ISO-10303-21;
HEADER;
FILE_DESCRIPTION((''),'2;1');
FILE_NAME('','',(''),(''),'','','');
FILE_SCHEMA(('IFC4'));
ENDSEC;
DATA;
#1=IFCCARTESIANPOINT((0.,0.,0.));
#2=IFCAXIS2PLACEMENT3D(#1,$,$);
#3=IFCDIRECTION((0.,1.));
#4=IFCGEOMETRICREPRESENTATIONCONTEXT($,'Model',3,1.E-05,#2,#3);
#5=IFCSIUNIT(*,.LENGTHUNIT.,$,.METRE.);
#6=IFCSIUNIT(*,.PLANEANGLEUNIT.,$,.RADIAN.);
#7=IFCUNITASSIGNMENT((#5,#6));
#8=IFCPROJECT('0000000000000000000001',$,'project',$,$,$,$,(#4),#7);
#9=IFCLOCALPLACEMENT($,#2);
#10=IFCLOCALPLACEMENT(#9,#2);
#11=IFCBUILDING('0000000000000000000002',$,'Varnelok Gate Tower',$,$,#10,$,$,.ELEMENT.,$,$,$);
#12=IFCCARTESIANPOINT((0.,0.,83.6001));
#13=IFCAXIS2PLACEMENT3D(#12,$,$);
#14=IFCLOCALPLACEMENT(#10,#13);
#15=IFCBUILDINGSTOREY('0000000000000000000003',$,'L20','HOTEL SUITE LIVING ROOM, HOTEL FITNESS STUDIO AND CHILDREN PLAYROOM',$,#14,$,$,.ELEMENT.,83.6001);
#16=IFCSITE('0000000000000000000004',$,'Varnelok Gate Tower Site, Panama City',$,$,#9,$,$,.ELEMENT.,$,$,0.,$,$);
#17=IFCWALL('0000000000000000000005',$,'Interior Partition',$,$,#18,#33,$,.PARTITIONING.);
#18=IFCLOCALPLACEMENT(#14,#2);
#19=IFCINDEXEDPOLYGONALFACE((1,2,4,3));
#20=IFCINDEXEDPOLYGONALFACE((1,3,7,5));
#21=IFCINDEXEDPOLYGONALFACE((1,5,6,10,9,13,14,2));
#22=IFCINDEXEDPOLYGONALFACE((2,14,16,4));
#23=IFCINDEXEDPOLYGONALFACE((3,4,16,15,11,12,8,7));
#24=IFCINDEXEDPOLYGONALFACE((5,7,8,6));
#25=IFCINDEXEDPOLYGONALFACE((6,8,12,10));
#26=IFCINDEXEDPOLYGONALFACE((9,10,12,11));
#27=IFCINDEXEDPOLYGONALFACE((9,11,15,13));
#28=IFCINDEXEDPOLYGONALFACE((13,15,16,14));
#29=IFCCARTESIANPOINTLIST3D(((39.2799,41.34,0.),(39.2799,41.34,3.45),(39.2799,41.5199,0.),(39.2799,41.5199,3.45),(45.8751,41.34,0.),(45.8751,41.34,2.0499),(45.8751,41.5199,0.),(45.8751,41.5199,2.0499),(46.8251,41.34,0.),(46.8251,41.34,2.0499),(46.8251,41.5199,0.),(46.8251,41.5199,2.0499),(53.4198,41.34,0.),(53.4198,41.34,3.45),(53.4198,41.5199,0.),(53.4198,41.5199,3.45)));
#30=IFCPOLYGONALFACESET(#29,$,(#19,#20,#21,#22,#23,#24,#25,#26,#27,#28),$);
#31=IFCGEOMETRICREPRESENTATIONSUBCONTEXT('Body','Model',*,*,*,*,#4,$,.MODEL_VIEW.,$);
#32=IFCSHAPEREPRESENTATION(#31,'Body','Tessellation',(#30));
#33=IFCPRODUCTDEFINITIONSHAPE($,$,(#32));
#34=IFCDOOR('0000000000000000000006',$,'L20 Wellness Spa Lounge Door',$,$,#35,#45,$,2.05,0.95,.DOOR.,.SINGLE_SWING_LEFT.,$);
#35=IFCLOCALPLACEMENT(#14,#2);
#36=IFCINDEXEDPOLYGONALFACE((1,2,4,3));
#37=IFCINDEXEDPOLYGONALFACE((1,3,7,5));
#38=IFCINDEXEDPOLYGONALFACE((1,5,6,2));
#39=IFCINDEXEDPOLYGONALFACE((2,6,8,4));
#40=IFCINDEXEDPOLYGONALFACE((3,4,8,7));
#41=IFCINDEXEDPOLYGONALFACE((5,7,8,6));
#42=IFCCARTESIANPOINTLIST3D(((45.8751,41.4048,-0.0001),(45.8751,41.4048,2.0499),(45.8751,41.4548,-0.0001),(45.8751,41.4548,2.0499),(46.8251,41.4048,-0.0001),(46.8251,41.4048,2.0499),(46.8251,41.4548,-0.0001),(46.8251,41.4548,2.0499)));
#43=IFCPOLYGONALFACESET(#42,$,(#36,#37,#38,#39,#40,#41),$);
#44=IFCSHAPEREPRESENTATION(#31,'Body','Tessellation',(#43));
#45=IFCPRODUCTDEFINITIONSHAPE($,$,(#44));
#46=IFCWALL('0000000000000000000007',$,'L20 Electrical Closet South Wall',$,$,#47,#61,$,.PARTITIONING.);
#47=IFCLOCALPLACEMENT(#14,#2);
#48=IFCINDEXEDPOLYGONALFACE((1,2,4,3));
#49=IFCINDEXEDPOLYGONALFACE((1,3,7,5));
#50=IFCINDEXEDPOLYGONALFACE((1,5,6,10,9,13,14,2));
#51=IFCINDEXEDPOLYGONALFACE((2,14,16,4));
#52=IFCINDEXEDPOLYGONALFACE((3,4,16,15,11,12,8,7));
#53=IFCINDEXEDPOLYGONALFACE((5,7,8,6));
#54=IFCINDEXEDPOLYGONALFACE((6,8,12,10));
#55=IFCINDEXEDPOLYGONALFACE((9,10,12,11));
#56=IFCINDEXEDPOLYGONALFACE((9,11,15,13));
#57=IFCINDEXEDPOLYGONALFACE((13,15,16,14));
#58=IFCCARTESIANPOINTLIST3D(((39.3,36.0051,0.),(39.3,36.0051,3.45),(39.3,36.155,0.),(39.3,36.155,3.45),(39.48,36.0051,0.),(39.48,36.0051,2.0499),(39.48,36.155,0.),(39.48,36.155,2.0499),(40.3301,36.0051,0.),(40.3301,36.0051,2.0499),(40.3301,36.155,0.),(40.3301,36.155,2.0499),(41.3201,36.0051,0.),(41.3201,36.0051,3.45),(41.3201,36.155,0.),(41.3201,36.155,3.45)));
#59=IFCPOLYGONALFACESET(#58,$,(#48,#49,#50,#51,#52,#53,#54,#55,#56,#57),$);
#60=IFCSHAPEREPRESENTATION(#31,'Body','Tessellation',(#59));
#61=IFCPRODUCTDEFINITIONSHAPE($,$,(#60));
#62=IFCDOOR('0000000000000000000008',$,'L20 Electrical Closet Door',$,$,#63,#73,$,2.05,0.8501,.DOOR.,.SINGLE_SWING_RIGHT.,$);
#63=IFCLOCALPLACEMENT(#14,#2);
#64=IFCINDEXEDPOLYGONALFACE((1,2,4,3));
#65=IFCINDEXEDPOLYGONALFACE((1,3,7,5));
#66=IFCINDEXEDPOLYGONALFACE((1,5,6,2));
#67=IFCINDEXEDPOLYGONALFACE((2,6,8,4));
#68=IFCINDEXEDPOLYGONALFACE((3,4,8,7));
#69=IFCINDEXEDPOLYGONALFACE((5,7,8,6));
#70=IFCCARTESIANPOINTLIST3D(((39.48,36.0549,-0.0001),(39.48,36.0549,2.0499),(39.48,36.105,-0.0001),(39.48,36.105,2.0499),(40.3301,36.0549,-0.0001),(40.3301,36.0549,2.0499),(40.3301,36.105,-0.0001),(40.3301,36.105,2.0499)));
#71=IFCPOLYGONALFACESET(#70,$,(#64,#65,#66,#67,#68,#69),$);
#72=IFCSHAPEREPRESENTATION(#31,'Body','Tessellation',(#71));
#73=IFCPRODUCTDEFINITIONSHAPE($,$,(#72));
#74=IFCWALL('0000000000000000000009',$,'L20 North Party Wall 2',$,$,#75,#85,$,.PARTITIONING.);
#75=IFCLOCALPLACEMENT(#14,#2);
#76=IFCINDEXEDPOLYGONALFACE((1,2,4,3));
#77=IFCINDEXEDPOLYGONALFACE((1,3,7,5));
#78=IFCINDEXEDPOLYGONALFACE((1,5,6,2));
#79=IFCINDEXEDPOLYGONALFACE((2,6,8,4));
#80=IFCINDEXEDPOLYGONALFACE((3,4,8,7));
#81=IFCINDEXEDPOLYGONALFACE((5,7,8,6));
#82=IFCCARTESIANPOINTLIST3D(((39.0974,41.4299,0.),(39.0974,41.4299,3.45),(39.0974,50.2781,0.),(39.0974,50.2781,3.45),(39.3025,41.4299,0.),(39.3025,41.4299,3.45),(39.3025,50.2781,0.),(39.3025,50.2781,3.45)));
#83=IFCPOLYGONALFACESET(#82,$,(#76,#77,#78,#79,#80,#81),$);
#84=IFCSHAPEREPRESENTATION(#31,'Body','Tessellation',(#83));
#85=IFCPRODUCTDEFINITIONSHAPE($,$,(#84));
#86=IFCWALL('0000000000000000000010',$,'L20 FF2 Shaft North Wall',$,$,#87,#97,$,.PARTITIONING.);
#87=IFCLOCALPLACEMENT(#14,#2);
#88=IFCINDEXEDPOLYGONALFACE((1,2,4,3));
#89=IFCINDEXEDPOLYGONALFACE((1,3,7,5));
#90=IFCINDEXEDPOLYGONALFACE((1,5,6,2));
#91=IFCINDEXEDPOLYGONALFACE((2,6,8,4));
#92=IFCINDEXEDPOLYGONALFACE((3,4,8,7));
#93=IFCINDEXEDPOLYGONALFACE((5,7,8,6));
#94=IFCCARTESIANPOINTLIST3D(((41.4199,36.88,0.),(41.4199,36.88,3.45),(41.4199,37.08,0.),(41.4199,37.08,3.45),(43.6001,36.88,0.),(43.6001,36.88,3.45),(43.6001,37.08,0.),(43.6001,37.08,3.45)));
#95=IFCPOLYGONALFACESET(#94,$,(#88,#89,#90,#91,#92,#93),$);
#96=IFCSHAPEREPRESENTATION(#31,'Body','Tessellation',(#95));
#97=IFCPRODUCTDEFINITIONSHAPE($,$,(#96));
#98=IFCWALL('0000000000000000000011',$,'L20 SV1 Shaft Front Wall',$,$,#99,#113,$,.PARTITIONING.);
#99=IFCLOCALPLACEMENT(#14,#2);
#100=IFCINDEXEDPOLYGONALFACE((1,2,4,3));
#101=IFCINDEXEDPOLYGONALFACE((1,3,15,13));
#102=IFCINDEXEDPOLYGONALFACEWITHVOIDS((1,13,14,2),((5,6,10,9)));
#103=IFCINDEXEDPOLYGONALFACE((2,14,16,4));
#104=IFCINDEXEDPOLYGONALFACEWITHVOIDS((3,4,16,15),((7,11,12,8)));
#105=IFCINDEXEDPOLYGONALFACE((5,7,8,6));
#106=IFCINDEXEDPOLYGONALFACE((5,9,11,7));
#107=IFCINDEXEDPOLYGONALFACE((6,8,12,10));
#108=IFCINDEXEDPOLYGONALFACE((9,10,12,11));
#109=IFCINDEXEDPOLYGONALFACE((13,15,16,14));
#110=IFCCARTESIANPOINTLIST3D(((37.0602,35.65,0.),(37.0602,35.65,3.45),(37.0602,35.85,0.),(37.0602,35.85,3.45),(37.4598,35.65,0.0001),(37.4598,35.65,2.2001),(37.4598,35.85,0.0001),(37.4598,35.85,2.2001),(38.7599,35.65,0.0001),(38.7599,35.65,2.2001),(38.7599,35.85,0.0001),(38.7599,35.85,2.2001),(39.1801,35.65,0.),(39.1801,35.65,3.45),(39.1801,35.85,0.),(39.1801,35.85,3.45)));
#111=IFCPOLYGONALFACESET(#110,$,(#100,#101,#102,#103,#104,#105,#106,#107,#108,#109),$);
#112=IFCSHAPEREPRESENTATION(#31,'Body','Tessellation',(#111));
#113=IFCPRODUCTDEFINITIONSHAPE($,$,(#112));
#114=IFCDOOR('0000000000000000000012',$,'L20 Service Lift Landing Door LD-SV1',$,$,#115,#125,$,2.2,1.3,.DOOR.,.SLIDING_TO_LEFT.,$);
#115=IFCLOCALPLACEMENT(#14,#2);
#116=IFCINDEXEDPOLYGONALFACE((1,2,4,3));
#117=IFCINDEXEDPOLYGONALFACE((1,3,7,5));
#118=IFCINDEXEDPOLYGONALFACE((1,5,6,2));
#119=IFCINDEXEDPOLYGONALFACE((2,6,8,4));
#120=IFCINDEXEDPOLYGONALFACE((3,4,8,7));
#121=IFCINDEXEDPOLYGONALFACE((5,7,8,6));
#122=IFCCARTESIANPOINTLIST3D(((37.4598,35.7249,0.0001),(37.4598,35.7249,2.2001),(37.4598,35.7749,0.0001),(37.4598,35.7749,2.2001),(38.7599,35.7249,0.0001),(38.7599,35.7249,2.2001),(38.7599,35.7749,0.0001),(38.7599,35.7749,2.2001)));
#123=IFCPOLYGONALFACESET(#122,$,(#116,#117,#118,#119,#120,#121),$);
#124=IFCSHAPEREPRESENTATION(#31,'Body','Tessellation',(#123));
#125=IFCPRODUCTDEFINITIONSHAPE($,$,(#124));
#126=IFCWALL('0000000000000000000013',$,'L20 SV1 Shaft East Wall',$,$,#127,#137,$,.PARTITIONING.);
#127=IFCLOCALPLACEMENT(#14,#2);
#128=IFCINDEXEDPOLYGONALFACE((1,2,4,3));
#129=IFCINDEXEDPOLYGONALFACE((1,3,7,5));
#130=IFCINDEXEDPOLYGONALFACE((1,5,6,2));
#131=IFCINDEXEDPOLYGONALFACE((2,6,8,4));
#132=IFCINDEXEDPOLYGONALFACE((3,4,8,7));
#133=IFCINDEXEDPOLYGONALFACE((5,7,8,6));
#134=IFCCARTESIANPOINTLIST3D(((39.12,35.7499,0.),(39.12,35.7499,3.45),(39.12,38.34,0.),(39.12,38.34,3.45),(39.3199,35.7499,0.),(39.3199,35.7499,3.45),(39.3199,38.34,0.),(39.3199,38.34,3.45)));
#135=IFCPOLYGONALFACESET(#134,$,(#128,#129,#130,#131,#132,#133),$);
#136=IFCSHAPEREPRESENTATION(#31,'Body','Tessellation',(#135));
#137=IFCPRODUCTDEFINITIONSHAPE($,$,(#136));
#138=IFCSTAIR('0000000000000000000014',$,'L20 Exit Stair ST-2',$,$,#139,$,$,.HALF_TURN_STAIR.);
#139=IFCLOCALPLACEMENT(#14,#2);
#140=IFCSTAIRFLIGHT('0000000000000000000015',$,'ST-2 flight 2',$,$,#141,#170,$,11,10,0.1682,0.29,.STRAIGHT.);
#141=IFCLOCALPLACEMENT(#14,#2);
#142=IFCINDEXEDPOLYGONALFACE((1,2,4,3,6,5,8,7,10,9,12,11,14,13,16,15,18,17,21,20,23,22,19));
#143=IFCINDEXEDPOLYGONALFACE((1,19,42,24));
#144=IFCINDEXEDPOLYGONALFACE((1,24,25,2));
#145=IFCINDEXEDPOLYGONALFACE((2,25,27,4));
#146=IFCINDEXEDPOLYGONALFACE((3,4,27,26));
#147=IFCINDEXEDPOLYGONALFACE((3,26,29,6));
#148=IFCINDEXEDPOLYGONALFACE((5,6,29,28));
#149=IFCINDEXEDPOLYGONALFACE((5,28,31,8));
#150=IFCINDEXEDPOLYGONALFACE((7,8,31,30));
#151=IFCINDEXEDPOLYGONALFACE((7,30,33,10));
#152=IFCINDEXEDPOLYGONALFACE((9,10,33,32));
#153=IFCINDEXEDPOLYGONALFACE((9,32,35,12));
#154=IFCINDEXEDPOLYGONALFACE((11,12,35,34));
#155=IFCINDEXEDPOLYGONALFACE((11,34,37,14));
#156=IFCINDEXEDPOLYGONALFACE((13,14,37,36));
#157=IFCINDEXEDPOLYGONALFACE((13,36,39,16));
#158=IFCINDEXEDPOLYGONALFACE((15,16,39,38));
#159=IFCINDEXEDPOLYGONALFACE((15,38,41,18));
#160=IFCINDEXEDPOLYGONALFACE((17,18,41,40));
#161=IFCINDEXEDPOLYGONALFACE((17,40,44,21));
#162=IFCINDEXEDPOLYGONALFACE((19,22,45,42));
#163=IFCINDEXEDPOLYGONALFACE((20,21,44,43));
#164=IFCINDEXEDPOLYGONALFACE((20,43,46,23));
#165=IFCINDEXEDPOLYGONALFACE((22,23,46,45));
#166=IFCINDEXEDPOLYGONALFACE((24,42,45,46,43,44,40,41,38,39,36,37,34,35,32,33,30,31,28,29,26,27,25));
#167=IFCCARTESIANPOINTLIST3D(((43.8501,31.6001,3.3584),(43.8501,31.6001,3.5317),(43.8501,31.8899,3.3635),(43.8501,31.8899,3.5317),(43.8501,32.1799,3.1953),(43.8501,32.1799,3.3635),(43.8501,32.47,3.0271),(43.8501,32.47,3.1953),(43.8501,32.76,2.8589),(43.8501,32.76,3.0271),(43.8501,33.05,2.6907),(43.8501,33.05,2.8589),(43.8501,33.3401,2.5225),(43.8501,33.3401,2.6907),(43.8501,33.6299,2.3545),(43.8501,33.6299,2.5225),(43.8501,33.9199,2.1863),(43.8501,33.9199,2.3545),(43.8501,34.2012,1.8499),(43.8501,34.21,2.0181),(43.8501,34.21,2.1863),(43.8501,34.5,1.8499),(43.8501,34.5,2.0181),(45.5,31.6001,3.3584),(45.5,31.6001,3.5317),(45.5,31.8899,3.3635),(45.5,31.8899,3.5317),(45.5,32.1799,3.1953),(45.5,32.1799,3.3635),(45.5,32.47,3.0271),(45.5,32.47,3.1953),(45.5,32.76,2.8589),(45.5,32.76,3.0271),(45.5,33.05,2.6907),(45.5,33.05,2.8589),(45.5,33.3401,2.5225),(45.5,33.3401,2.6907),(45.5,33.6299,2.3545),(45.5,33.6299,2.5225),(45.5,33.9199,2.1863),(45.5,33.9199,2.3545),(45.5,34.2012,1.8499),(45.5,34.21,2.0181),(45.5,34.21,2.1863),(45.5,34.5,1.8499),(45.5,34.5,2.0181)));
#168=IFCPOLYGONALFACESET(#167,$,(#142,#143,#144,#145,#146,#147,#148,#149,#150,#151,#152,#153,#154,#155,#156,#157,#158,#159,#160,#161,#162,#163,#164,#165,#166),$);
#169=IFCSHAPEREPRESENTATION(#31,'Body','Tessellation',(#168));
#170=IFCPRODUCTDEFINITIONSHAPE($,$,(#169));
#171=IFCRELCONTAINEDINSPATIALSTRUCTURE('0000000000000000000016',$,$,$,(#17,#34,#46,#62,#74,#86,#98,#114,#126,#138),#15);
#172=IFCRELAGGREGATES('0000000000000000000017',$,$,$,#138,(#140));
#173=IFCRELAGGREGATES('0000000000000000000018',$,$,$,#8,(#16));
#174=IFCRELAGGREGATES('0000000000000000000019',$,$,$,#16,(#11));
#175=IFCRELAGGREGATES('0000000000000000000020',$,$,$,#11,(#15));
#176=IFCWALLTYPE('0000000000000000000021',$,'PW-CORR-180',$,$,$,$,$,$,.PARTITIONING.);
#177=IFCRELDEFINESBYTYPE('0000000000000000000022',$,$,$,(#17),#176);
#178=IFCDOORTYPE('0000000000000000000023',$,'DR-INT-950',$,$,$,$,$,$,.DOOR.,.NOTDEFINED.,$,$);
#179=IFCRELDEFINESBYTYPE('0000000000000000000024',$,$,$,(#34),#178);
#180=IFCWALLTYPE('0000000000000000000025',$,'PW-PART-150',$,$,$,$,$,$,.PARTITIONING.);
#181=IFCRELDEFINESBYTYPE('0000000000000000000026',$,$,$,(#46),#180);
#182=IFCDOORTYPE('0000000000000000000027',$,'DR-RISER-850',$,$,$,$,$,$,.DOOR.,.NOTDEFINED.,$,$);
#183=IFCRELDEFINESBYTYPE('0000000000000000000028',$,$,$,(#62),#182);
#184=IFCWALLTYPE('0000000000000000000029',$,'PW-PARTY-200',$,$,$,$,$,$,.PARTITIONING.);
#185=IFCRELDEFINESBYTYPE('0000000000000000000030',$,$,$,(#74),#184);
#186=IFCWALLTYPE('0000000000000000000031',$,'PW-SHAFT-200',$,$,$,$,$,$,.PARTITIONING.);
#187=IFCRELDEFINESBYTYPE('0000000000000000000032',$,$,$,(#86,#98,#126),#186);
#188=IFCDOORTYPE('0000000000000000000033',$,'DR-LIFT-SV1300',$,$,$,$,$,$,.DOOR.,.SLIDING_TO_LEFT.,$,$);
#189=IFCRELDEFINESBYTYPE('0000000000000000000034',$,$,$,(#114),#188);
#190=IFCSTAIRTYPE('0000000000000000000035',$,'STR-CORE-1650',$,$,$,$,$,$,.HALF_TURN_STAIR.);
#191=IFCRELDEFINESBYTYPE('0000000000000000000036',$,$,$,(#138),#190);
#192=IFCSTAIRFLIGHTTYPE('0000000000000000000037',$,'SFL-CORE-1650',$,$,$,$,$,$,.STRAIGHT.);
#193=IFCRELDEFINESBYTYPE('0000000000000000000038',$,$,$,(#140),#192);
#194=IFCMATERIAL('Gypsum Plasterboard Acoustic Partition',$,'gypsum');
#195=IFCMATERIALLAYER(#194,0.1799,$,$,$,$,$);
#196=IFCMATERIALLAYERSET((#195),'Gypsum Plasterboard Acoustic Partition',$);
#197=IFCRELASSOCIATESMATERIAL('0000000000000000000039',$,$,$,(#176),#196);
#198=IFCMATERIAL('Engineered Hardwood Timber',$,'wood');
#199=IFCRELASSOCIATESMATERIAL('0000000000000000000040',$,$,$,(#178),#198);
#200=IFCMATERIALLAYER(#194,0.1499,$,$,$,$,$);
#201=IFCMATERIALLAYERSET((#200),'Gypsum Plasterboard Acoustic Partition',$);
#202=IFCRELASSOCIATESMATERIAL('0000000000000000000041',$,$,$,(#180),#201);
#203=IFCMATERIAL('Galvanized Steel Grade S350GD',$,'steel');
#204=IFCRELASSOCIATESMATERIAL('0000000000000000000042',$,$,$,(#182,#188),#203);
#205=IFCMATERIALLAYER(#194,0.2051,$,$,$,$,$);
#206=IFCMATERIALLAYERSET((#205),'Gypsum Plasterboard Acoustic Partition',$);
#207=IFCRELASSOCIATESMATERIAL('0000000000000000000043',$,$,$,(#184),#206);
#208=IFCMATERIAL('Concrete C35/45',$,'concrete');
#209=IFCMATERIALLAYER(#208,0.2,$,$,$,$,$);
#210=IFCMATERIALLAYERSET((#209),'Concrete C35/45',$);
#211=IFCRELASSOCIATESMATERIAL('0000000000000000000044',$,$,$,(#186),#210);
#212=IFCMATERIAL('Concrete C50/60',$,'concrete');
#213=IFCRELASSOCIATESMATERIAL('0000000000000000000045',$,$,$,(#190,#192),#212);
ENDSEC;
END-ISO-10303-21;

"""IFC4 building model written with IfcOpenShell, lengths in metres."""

from ifc_helpers import new_model, si_unit, direction, frame, frame_2d, origin, place, context, subcontext, project, spatial, polyline, rectangle, outline, extrude, material, layer, layer_set, type_object, element, fill, aggregate, save


model = new_model("IFC4")

# Units and contexts
model_context = context("Model", 3, precision=1e-05, world=origin(), true_north=direction((0.0, 1.0)))
body_context = subcontext(model_context, "Body", "Model", "MODEL_VIEW")
ifc_project = project(units=[si_unit("LENGTHUNIT", "METRE"), si_unit("PLANEANGLEUNIT", "RADIAN")], contexts=[model_context])

# Site, building, storey
site_placement = place(None, origin())
site = spatial("IfcSite", under=ifc_project, at=site_placement, Name="Varnelok Gate Tower Site, Panama City", CompositionType="ELEMENT", RefElevation=0.0)
building_placement = place(site_placement, origin())
building = spatial("IfcBuilding", under=site, at=building_placement, Name="Varnelok Gate Tower", CompositionType="ELEMENT")
storey_placement = place(building_placement, frame((0.0, 0.0, 83.6001)))
storey = spatial("IfcBuildingStorey", under=building, at=storey_placement, Name="L20", Description="HOTEL SUITE LIVING ROOM, HOTEL FITNESS STUDIO AND CHILDREN PLAYROOM", CompositionType="ELEMENT", Elevation=83.6001)

# Walls, openings, doors
ifc_material_1 = material(Name="Gypsum Plasterboard Acoustic Partition", Category="gypsum")
ifc_layer_1 = layer(ifc_material_1, 0.1799)
ifc_layer_set_1 = layer_set([ifc_layer_1], Name="Gypsum Plasterboard Acoustic Partition")
wall_type_1 = type_object("IfcWallType", Name="PW-CORR-180", PredefinedType="PARTITIONING", material=ifc_layer_set_1)
wall_1_placement = place(storey_placement, frame((39.28, 41.4299, 0.0), z_axis=(0.0, 0.0, 1.0), x_axis=(1.0, 0.0, 0.0)))
wall_1 = element("IfcWall", 1, at=wall_1_placement, inside=storey, type_object=wall_type_1, Name="Interior Partition", PredefinedType="PARTITIONING", context=body_context, shape_type="SweptSolid", body=[
    extrude(rectangle(XDim=14.1399, YDim=0.1799, at=frame_2d((7.0698, 0.0))), origin(), (0.0, 0.0, 1.0), 3.45),
])
opening_1_placement = place(wall_1_placement, frame((6.595, 0.0, 0.0)))
opening_1 = element("IfcOpeningElement", 2, at=opening_1_placement, cuts=wall_1, PredefinedType="OPENING", context=body_context, shape_type="SweptSolid", body=[
    extrude(rectangle(XDim=0.95, YDim=2.05, at=frame_2d((0.4751, 1.0249))), frame((0.0, 0.0999, 0.0), z_axis=(0.0, -1.0, 0.0), x_axis=(1.0, 0.0, 0.0)), (0.0, 0.0, 1.0), 0.2),
])
ifc_material_2 = material(Name="Engineered Hardwood Timber", Category="wood")
door_type_1 = type_object("IfcDoorType", Name="DR-INT-950", OperationType="NOTDEFINED", PredefinedType="DOOR", material=ifc_material_2)
door_1_placement = place(opening_1_placement, origin())
door_1 = element("IfcDoor", 3, at=door_1_placement, inside=storey, type_object=door_type_1, Name="L20 Wellness Spa Lounge Door", OperationType="SINGLE_SWING_LEFT", OverallHeight=2.05, OverallWidth=0.95, PredefinedType="DOOR", context=body_context, shape_type="SweptSolid", body=[
    extrude(rectangle(XDim=0.95, YDim=2.05, at=frame_2d((0.4751, 1.0249))), frame((0.0, 0.0249, 0.0), z_axis=(0.0, -1.0, 0.0), x_axis=(1.0, 0.0, 0.0)), (0.0, 0.0, 1.0), 0.05),
])
fill(opening_1, door_1)
ifc_layer_2 = layer(ifc_material_1, 0.1499)
ifc_layer_set_2 = layer_set([ifc_layer_2], Name="Gypsum Plasterboard Acoustic Partition")
wall_type_2 = type_object("IfcWallType", Name="PW-PART-150", PredefinedType="PARTITIONING", material=ifc_layer_set_2)
wall_2_placement = place(storey_placement, frame((39.3, 36.0801, 0.0), z_axis=(0.0, 0.0, 1.0), x_axis=(1.0, 0.0, 0.0)))
wall_2 = element("IfcWall", 4, at=wall_2_placement, inside=storey, type_object=wall_type_2, Name="L20 Electrical Closet South Wall", PredefinedType="PARTITIONING", context=body_context, shape_type="SweptSolid", body=[
    extrude(rectangle(XDim=2.02, YDim=0.1499, at=frame_2d((1.01, 0.0))), origin(), (0.0, 0.0, 1.0), 3.45),
])
opening_2_placement = place(wall_2_placement, frame((0.1799, 0.0, 0.0)))
opening_2 = element("IfcOpeningElement", 5, at=opening_2_placement, cuts=wall_2, PredefinedType="OPENING", context=body_context, shape_type="SweptSolid", body=[
    extrude(rectangle(XDim=0.8501, YDim=2.05, at=frame_2d((0.425, 1.0249))), frame((0.0, 0.085, 0.0), z_axis=(0.0, -1.0, 0.0), x_axis=(1.0, 0.0, 0.0)), (0.0, 0.0, 1.0), 0.1699),
])
ifc_material_3 = material(Name="Galvanized Steel Grade S350GD", Category="steel")
door_type_2 = type_object("IfcDoorType", Name="DR-RISER-850", OperationType="NOTDEFINED", PredefinedType="DOOR", material=ifc_material_3)
door_2_placement = place(opening_2_placement, origin())
door_2 = element("IfcDoor", 6, at=door_2_placement, inside=storey, type_object=door_type_2, Name="L20 Electrical Closet Door", OperationType="SINGLE_SWING_RIGHT", OverallHeight=2.05, OverallWidth=0.8501, PredefinedType="DOOR", context=body_context, shape_type="SweptSolid", body=[
    extrude(rectangle(XDim=0.8501, YDim=2.05, at=frame_2d((0.425, 1.0249))), frame((0.0, 0.0249, 0.0), z_axis=(0.0, -1.0, 0.0), x_axis=(1.0, 0.0, 0.0)), (0.0, 0.0, 1.0), 0.05),
])
fill(opening_2, door_2)

# Walls
ifc_layer_3 = layer(ifc_material_1, 0.2051)
ifc_layer_set_3 = layer_set([ifc_layer_3], Name="Gypsum Plasterboard Acoustic Partition")
wall_type_3 = type_object("IfcWallType", Name="PW-PARTY-200", PredefinedType="PARTITIONING", material=ifc_layer_set_3)
wall_3_placement = place(storey_placement, frame((39.2, 41.4299, 0.0), z_axis=(0.0, 0.0, 1.0), x_axis=(0.0, 1.0, 0.0)))
element("IfcWall", 7, at=wall_3_placement, inside=storey, type_object=wall_type_3, Name="L20 North Party Wall 2", PredefinedType="PARTITIONING", context=body_context, shape_type="SweptSolid", body=[
    extrude(rectangle(XDim=8.8481, YDim=0.2051, at=frame_2d((4.4241, 0.0))), origin(), (0.0, 0.0, 1.0), 3.45),
])
ifc_material_4 = material(Name="Concrete C35/45", Category="concrete")
ifc_layer_4 = layer(ifc_material_4, 0.2)
ifc_layer_set_4 = layer_set([ifc_layer_4], Name="Concrete C35/45")
wall_type_4 = type_object("IfcWallType", Name="PW-SHAFT-200", PredefinedType="PARTITIONING", material=ifc_layer_set_4)
wall_4_placement = place(storey_placement, frame((41.4199, 36.98, 0.0), z_axis=(0.0, 0.0, 1.0), x_axis=(1.0, 0.0, 0.0)))
element("IfcWall", 8, at=wall_4_placement, inside=storey, type_object=wall_type_4, Name="L20 FF2 Shaft North Wall", PredefinedType="PARTITIONING", context=body_context, shape_type="SweptSolid", body=[
    extrude(rectangle(XDim=2.1802, YDim=0.2, at=frame_2d((1.0901, 0.0))), origin(), (0.0, 0.0, 1.0), 3.45),
])

# Wall, opening, door
wall_5_placement = place(storey_placement, frame((37.0601, 35.75, 0.0), z_axis=(0.0, 0.0, 1.0), x_axis=(1.0, 0.0, 0.0)))
wall_5 = element("IfcWall", 9, at=wall_5_placement, inside=storey, type_object=wall_type_4, Name="L20 SV1 Shaft Front Wall", PredefinedType="PARTITIONING", context=body_context, shape_type="SweptSolid", body=[
    extrude(rectangle(XDim=2.1199, YDim=0.2, at=frame_2d((1.0601, 0.0))), origin(), (0.0, 0.0, 1.0), 3.45),
])
opening_3_placement = place(wall_5_placement, frame((0.3999, 0.0, 0.0)))
opening_3 = element("IfcOpeningElement", 10, at=opening_3_placement, cuts=wall_5, PredefinedType="OPENING", context=body_context, shape_type="SweptSolid", body=[
    extrude(rectangle(XDim=1.3, YDim=2.2, at=frame_2d((0.6499, 1.1001))), frame((0.0, 0.1099, 0.0), z_axis=(0.0, -1.0, 0.0), x_axis=(1.0, 0.0, 0.0)), (0.0, 0.0, 1.0), 0.22),
])
door_type_3 = type_object("IfcDoorType", Name="DR-LIFT-SV1300", OperationType="SLIDING_TO_LEFT", PredefinedType="DOOR", material=ifc_material_3)
door_3_placement = place(opening_3_placement, origin())
door_3 = element("IfcDoor", 11, at=door_3_placement, inside=storey, type_object=door_type_3, Name="L20 Service Lift Landing Door LD-SV1", OperationType="SLIDING_TO_LEFT", OverallHeight=2.2, OverallWidth=1.3, PredefinedType="DOOR", context=body_context, shape_type="SweptSolid", body=[
    extrude(rectangle(XDim=1.3, YDim=2.2, at=frame_2d((0.6499, 1.1001))), frame((0.0, 0.0249, 0.0), z_axis=(0.0, -1.0, 0.0), x_axis=(1.0, 0.0, 0.0)), (0.0, 0.0, 1.0), 0.05),
])
fill(opening_3, door_3)

# Wall
wall_6_placement = place(storey_placement, frame((39.22, 35.75, 0.0), z_axis=(0.0, 0.0, 1.0), x_axis=(0.0, 1.0, 0.0)))
element("IfcWall", 12, at=wall_6_placement, inside=storey, type_object=wall_type_4, Name="L20 SV1 Shaft East Wall", PredefinedType="PARTITIONING", context=body_context, shape_type="SweptSolid", body=[
    extrude(rectangle(XDim=2.5901, YDim=0.2, at=frame_2d((1.2949, 0.0))), origin(), (0.0, 0.0, 1.0), 3.45),
])

# Stair, stair flight
ifc_material_5 = material(Name="Concrete C50/60", Category="concrete")
stair_type = type_object("IfcStairType", Name="STR-CORE-1650", PredefinedType="HALF_TURN_STAIR", material=ifc_material_5)
stair_placement = place(storey_placement, origin())
stair = element("IfcStair", 13, at=stair_placement, inside=storey, type_object=stair_type, Name="L20 Exit Stair ST-2", PredefinedType="HALF_TURN_STAIR")
stair_flight_type = type_object("IfcStairFlightType", Name="SFL-CORE-1650", PredefinedType="STRAIGHT", material=ifc_material_5)
stair_flight_placement = place(storey_placement, frame((44.675, 34.5, 1.8499), z_axis=(0.0, 0.0, 1.0), x_axis=(0.0, -1.0, 0.0)))
stair_flight = element("IfcStairFlight", 14, at=stair_flight_placement, type_object=stair_flight_type, Name="ST-2 flight 2", NumberOfRisers=11, NumberOfTreads=10, PredefinedType="STRAIGHT", RiserHeight=0.1682, TreadLength=0.29, context=body_context, shape_type="SweptSolid", body=[
    extrude(outline(polyline([(0.0, 0.0), (0.0, 0.1682), (0.29, 0.1682), (0.29, 0.3364), (0.5801, 0.3364), (0.5801, 0.5046), (0.8701, 0.5046), (0.8701, 0.6726), (1.1599, 0.6726), (1.1599, 0.8408), (1.45, 0.8408), (1.45, 1.009), (1.74, 1.009), (1.74, 1.1772), (2.03, 1.1772), (2.03, 1.3455), (2.3201, 1.3455), (2.3201, 1.5137), (2.6101, 1.5137), (2.6101, 1.6819), (2.8999, 1.6819), (2.8999, 1.8501), (2.8999, 1.5085), (0.2988, 0.0), (0.0, 0.0)])), frame((0.0, 0.825, 0.0), z_axis=(0.0, -1.0, 0.0), x_axis=(1.0, 0.0, 0.0)), (0.0, 0.0, 1.0), 1.6499),
])
aggregate(stair, [stair_flight])

save(model, "model.ifc")
